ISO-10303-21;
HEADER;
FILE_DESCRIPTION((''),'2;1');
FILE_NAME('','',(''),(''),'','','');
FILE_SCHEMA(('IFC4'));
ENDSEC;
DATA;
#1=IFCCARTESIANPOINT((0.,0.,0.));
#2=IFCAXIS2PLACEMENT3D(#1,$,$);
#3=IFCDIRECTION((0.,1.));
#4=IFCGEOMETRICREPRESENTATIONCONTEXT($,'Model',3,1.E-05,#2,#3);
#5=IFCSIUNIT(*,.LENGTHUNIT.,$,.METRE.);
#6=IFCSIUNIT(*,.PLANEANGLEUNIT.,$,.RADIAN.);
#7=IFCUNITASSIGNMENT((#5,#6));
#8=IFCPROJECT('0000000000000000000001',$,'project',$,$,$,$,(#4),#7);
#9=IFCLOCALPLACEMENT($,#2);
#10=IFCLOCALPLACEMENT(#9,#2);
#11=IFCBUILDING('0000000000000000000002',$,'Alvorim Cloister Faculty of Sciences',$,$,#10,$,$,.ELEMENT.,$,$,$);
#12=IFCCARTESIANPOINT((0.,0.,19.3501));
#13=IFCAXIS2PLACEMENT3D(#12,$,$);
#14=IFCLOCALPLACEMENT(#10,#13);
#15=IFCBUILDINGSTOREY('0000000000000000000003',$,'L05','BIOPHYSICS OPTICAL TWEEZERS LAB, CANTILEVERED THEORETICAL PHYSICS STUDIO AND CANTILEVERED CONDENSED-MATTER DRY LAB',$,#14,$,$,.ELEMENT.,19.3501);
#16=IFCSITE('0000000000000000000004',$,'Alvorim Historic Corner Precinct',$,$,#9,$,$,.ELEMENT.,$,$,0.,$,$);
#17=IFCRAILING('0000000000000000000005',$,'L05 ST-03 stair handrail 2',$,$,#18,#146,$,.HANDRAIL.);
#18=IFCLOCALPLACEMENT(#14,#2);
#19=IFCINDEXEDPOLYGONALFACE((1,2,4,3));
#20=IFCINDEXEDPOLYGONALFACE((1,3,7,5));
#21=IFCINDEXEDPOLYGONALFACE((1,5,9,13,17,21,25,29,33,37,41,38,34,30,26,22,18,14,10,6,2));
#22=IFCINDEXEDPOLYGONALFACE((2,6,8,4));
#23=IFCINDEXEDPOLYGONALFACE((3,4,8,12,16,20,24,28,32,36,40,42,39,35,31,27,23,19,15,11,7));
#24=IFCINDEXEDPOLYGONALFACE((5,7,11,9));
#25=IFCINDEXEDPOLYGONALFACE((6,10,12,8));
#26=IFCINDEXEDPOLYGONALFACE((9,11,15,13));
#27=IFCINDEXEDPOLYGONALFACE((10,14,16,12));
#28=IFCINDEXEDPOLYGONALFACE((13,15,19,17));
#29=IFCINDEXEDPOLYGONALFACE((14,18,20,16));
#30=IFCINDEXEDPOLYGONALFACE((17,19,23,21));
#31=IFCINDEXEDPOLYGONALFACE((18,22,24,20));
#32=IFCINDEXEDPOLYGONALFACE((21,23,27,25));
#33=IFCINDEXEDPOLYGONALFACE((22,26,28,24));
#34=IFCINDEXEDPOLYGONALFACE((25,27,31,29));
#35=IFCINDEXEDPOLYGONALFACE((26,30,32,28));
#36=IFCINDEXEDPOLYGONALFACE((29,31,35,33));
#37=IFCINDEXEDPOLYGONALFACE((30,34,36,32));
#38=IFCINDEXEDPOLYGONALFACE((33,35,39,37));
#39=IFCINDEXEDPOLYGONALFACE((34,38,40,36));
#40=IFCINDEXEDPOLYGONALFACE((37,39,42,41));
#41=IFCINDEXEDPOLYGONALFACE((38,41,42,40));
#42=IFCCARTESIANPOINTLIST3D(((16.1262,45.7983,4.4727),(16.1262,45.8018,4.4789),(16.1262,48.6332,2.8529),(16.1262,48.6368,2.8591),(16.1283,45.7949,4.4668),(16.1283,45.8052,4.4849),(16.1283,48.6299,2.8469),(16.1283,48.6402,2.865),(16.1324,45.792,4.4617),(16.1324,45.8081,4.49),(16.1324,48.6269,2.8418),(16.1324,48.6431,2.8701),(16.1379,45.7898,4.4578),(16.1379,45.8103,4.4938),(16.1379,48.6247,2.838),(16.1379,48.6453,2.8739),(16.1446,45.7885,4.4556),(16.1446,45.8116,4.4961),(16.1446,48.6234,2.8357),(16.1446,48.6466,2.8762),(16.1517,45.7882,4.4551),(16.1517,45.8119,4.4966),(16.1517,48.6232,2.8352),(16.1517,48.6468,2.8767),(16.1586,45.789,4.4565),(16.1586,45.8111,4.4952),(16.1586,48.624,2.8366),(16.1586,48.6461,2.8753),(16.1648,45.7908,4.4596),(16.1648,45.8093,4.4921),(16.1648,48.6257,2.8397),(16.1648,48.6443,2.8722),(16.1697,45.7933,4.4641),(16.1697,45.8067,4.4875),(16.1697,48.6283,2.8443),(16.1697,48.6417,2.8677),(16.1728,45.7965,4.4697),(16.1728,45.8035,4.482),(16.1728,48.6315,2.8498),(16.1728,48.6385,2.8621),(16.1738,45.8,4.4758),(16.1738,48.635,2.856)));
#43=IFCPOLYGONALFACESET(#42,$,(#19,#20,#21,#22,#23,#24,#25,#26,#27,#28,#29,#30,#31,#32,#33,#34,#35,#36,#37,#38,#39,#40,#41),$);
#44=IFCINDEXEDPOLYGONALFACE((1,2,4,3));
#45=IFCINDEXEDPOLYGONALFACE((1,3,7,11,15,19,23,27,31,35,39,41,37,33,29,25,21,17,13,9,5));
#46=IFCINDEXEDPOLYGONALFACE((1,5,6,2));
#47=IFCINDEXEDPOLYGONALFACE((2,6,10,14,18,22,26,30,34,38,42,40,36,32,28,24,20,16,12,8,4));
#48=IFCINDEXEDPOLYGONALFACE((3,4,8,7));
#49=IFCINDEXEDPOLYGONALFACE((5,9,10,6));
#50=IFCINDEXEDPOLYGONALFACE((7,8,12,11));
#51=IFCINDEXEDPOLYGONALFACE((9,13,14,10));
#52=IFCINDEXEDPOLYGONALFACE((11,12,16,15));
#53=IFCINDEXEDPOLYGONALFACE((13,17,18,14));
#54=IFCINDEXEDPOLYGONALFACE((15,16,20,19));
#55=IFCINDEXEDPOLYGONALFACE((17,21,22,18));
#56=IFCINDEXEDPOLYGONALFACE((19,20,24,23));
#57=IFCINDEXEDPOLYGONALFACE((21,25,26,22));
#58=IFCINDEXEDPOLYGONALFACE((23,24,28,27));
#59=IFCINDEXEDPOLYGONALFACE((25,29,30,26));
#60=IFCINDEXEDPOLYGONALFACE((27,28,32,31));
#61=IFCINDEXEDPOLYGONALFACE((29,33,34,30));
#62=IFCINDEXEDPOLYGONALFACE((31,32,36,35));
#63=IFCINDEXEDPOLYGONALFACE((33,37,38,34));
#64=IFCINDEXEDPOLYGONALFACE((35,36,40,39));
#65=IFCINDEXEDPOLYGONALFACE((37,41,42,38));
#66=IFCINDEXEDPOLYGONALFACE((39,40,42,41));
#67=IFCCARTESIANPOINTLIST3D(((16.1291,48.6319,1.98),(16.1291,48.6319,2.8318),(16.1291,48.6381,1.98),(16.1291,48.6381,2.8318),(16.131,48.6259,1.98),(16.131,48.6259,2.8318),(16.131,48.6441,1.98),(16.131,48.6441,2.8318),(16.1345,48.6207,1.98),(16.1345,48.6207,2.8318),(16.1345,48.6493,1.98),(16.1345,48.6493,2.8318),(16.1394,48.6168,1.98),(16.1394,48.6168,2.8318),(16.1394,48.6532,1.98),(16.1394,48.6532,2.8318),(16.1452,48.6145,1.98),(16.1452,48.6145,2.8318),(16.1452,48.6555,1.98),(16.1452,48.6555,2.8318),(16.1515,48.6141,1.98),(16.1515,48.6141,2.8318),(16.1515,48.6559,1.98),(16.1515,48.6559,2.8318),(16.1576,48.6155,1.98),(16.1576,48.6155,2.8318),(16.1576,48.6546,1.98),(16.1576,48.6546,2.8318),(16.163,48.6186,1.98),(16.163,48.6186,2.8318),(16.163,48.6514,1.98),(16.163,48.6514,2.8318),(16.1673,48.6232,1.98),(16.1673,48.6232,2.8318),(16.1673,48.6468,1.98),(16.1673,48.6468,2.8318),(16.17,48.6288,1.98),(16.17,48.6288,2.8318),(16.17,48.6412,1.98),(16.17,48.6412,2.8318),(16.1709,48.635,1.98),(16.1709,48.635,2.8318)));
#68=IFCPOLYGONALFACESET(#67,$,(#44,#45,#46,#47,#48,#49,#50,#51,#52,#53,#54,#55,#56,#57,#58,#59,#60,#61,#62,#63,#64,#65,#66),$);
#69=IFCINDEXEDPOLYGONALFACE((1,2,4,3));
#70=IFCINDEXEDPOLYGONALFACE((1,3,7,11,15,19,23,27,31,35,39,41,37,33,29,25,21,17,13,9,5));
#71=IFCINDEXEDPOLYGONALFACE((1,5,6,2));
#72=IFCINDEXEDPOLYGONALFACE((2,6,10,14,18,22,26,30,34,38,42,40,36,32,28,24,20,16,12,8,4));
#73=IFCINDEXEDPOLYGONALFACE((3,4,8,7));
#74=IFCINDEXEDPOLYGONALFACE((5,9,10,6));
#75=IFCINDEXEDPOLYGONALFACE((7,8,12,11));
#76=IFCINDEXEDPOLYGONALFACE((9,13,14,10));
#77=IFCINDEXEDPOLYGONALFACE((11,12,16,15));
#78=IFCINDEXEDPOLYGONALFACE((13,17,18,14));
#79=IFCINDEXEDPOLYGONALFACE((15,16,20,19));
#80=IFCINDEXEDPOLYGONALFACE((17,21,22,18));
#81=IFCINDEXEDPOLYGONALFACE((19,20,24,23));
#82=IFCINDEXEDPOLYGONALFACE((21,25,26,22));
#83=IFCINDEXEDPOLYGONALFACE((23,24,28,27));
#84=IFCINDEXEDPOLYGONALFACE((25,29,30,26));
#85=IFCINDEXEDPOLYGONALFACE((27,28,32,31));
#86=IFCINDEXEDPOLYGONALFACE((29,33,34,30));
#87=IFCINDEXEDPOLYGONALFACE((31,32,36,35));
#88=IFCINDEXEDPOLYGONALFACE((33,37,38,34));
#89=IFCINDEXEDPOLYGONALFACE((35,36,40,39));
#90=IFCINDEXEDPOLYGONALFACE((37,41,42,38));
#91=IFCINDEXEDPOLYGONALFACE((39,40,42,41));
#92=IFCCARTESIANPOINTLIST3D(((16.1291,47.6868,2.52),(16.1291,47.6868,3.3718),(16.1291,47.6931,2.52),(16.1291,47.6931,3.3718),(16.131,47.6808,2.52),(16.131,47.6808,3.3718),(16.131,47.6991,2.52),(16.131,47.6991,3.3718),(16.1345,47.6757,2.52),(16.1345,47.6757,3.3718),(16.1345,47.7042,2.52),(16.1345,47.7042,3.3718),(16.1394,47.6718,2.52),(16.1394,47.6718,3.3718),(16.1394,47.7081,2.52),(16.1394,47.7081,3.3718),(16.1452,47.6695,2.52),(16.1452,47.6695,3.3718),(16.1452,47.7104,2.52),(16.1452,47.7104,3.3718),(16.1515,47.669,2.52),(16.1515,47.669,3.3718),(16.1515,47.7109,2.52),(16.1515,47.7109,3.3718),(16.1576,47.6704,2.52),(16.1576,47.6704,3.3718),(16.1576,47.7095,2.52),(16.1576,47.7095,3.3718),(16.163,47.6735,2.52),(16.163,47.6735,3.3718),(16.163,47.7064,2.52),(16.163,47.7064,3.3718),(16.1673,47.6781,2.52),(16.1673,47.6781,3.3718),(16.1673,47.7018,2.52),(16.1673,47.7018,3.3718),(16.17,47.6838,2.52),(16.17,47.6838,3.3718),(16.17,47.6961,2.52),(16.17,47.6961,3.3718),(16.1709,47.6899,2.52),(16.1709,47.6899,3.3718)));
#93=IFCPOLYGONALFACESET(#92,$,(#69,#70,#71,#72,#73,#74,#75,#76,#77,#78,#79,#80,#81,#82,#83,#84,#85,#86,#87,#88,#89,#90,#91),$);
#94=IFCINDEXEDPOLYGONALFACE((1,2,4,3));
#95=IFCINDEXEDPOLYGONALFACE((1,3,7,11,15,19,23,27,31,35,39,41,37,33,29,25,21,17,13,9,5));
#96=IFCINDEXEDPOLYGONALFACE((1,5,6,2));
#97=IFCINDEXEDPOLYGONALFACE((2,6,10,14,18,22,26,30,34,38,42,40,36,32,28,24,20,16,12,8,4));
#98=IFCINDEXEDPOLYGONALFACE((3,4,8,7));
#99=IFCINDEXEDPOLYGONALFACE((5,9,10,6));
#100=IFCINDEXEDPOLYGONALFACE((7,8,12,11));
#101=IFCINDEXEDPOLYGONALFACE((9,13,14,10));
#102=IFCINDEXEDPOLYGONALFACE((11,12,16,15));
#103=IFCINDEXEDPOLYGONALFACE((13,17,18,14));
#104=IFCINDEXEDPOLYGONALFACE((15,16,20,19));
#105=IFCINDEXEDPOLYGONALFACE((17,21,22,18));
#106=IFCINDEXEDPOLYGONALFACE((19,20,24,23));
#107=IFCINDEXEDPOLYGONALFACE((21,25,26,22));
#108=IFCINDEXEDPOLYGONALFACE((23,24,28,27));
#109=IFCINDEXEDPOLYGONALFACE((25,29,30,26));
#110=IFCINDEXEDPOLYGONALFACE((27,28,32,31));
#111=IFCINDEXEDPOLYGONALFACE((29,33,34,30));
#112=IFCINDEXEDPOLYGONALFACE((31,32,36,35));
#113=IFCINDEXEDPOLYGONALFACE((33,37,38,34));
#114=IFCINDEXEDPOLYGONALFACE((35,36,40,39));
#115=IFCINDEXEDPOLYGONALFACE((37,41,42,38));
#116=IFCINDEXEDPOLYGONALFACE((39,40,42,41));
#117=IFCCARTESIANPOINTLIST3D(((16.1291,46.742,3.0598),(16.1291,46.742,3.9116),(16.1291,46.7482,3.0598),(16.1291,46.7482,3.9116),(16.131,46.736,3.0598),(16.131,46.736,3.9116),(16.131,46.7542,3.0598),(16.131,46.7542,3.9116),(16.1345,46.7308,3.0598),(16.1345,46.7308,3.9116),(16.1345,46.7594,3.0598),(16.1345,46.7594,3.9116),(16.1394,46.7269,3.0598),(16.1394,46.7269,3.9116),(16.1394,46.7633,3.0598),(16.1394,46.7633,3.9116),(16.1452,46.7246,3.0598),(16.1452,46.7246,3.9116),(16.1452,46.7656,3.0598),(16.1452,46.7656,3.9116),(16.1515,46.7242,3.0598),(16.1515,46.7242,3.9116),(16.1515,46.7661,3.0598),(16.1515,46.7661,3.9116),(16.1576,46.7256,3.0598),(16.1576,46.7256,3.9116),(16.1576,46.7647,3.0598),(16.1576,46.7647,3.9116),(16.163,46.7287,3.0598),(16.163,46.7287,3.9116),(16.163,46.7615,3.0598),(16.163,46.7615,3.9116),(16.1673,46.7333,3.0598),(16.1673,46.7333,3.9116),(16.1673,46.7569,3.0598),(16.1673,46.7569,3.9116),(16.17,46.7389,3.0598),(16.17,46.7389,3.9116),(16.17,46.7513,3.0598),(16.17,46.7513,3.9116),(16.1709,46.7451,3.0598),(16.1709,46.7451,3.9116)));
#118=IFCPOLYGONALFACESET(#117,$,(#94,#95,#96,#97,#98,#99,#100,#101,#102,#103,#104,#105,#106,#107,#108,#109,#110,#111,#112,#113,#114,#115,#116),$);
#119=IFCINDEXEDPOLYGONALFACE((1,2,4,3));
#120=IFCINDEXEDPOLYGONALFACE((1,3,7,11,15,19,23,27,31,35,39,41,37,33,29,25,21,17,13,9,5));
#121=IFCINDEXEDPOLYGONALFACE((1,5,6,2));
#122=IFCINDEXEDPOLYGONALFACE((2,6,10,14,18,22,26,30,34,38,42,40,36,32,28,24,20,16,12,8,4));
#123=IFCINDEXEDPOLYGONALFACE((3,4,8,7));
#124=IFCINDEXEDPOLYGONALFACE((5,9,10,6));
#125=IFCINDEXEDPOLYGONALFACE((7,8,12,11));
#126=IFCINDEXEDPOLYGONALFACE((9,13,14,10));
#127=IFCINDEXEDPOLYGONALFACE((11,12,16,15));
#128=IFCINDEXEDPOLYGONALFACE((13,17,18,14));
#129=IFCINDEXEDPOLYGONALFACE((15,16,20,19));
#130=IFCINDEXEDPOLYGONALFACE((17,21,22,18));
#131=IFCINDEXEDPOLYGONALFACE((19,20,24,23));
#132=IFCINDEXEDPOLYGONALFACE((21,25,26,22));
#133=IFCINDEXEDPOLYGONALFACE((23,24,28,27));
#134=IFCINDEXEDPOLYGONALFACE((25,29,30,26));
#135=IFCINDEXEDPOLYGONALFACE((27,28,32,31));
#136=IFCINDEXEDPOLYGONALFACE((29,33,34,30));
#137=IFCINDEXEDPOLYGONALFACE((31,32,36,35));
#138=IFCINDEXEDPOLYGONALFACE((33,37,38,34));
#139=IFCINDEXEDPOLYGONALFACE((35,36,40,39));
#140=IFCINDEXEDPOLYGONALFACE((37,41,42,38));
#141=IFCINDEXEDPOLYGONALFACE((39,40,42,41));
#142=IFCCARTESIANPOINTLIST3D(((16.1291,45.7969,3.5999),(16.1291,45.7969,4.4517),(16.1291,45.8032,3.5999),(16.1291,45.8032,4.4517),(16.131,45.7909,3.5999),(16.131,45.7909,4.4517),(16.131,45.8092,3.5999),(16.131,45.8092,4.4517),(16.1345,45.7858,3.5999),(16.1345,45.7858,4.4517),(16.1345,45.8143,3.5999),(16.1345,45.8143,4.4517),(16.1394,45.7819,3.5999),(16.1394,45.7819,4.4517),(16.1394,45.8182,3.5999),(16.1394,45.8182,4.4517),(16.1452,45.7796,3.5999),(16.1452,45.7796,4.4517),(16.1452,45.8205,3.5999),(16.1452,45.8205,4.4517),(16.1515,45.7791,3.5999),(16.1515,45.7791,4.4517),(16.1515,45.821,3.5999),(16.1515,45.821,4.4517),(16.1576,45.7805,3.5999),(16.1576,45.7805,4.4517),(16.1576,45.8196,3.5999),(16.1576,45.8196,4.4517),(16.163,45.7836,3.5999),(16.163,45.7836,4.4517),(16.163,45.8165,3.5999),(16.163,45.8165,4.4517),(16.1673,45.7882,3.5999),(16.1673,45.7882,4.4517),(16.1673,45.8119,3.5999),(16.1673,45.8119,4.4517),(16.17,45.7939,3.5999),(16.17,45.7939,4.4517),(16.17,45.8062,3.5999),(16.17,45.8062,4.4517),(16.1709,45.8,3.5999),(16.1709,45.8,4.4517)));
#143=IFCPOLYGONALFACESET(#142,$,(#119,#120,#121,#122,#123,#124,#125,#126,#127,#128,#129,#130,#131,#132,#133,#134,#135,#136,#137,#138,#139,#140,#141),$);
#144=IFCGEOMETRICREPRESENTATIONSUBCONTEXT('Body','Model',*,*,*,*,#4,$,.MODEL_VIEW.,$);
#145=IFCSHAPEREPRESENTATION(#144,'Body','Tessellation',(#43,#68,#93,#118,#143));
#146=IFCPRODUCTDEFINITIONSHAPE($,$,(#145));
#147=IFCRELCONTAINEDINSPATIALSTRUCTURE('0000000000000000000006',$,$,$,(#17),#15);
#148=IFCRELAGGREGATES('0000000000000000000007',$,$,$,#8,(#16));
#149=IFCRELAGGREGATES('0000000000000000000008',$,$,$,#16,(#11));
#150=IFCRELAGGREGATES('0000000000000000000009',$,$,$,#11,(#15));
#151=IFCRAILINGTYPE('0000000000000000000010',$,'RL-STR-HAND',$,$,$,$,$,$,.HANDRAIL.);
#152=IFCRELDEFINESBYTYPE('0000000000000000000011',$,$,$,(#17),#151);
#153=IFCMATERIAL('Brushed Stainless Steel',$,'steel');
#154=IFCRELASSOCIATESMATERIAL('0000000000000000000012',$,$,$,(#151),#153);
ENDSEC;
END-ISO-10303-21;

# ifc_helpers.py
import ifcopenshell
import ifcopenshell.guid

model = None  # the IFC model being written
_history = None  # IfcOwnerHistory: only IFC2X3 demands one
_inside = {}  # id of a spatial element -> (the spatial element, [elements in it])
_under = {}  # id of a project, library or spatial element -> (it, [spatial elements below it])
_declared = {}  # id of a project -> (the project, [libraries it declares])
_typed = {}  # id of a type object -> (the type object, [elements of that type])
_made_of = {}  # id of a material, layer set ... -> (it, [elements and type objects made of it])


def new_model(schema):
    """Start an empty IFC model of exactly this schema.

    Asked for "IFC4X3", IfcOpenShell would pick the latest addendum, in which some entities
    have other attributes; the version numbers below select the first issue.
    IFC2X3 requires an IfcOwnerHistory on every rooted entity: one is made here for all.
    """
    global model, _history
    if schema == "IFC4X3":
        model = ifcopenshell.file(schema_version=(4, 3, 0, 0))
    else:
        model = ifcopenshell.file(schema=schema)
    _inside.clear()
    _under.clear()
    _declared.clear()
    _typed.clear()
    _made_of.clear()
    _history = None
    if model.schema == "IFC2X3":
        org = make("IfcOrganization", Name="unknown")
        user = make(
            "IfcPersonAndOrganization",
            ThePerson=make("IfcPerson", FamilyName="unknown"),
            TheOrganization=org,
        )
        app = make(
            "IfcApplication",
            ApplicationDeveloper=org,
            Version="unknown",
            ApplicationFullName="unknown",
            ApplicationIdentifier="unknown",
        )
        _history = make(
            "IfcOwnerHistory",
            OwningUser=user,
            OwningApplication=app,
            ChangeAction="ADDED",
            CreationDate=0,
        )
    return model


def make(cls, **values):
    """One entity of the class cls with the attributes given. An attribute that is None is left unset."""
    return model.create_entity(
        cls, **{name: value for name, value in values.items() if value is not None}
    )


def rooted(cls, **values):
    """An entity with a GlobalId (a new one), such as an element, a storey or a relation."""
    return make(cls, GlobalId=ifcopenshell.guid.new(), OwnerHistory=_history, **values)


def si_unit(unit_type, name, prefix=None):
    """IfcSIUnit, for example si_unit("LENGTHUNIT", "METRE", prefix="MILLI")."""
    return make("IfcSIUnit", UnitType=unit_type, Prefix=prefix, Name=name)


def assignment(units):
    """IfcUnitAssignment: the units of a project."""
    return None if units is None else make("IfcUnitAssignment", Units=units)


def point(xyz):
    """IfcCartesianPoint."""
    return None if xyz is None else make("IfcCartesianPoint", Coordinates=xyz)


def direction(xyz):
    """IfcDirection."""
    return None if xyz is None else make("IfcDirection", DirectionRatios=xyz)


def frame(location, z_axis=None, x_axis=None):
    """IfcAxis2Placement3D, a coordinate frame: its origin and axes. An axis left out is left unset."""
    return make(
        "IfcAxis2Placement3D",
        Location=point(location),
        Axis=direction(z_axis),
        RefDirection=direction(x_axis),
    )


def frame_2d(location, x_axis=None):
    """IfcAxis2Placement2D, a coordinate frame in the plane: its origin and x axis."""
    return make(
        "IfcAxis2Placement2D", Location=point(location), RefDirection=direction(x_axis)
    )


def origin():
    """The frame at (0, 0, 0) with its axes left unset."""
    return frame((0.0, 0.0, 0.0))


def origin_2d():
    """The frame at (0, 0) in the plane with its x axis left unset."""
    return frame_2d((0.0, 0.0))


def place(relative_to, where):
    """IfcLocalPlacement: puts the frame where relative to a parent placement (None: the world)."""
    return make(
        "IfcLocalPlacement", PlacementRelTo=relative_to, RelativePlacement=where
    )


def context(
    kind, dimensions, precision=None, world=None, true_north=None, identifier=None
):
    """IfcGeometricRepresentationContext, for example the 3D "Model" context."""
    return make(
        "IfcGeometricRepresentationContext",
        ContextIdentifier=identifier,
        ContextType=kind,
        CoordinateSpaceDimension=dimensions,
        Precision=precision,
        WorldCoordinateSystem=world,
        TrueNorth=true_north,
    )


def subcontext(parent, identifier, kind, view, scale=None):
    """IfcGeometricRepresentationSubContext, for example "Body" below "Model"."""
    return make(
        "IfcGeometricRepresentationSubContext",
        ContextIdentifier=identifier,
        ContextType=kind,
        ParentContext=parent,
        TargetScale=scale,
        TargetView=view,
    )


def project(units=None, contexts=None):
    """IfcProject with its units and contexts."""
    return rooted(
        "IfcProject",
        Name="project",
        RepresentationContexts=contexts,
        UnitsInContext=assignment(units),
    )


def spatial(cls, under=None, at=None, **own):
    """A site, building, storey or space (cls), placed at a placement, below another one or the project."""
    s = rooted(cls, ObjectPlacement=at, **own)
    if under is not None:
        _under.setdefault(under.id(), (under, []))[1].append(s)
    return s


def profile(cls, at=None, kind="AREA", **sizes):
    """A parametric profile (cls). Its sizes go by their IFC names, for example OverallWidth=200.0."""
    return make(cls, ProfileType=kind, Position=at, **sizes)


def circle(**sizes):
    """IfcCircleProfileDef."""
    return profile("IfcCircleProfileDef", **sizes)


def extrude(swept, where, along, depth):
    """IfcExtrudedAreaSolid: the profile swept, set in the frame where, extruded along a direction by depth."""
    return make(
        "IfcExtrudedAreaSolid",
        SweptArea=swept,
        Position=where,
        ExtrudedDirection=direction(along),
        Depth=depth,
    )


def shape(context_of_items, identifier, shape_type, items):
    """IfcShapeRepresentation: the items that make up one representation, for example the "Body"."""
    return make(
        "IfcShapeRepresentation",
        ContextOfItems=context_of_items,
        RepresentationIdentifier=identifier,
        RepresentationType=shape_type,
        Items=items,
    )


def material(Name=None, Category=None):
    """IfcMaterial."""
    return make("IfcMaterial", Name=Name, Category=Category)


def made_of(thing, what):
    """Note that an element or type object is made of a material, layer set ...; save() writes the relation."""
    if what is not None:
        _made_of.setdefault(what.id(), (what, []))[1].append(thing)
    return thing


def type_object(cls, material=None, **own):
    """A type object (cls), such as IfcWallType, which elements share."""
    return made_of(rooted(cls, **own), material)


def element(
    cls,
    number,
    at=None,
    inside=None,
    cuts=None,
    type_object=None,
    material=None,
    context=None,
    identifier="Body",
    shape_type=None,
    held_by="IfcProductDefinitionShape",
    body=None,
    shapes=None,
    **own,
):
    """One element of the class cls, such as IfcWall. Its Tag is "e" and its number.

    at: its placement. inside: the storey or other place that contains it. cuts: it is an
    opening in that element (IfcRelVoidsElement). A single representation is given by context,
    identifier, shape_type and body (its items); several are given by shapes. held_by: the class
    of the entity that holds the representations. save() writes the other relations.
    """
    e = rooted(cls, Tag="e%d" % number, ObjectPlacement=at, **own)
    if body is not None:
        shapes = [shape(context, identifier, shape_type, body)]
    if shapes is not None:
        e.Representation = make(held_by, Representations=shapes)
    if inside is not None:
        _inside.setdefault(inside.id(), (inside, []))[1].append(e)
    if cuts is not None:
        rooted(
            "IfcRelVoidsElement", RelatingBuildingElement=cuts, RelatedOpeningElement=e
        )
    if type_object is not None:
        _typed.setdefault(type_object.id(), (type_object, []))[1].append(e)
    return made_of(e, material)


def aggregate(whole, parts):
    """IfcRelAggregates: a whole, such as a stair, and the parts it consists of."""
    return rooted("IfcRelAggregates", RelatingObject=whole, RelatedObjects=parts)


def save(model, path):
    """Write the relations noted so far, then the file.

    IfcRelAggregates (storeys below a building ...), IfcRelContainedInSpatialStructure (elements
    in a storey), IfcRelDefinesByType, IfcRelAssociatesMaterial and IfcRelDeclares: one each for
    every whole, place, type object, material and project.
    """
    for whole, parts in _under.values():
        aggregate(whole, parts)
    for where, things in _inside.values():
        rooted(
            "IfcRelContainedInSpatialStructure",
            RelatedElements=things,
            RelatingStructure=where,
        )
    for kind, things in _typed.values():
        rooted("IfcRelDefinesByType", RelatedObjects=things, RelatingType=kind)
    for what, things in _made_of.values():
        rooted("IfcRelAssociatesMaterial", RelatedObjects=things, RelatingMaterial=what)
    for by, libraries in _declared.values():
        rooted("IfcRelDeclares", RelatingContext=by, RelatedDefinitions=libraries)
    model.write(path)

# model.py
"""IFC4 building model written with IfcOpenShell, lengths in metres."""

from ifc_helpers import new_model, si_unit, direction, frame, origin, origin_2d, place, context, subcontext, project, spatial, circle, extrude, material, type_object, element, save


model = new_model("IFC4")

# Units and contexts
model_context = context("Model", 3, precision=1e-05, world=origin(), true_north=direction((0.0, 1.0)))
body_context = subcontext(model_context, "Body", "Model", "MODEL_VIEW")
ifc_project = project(units=[si_unit("LENGTHUNIT", "METRE"), si_unit("PLANEANGLEUNIT", "RADIAN")], contexts=[model_context])

# Site, building, storey
site_placement = place(None, origin())
site = spatial("IfcSite", under=ifc_project, at=site_placement, Name="Alvorim Historic Corner Precinct", CompositionType="ELEMENT", RefElevation=0.0)
building_placement = place(site_placement, origin())
building = spatial("IfcBuilding", under=site, at=building_placement, Name="Alvorim Cloister Faculty of Sciences", CompositionType="ELEMENT")
storey_placement = place(building_placement, frame((0.0, 0.0, 19.3501)))
storey = spatial("IfcBuildingStorey", under=building, at=storey_placement, Name="L05", Description="BIOPHYSICS OPTICAL TWEEZERS LAB, CANTILEVERED THEORETICAL PHYSICS STUDIO AND CANTILEVERED CONDENSED-MATTER DRY LAB", CompositionType="ELEMENT", Elevation=19.3501)

# Shared definitions
ifc_material_1 = material(Name="Brushed Stainless Steel", Category="steel")

# Railing
railing_type_1 = type_object("IfcRailingType", Name="RL-STR-HAND", PredefinedType="HANDRAIL", material=ifc_material_1)
railing_1_placement = place(storey_placement, frame((16.1499, 48.635, 1.98)))
element("IfcRailing", 1, at=railing_1_placement, inside=storey, type_object=railing_type_1, Name="L05 ST-03 stair handrail 2", PredefinedType="HANDRAIL", context=body_context, shape_type="SweptSolid", body=[
    extrude(circle(Radius=0.0239, at=origin_2d()), frame((0.0, 0.0, 0.876), z_axis=(0.0, -0.868257, 0.496115), x_axis=(1.0, 0.0, 0.0)), (0.0, 0.0, 1.0), 3.2651),
    extrude(circle(Radius=0.021, at=origin_2d()), origin(), (0.0, 0.0, 1.0), 0.8518),
    extrude(circle(Radius=0.021, at=origin_2d()), frame((0.0, -0.9451, 0.54)), (0.0, 0.0, 1.0), 0.8518),
    extrude(circle(Radius=0.021, at=origin_2d()), frame((0.0, -1.8899, 1.0798)), (0.0, 0.0, 1.0), 0.8518),
    extrude(circle(Radius=0.021, at=origin_2d()), frame((0.0, -2.835, 1.6199)), (0.0, 0.0, 1.0), 0.8518),
])

save(model, "model.ifc")
